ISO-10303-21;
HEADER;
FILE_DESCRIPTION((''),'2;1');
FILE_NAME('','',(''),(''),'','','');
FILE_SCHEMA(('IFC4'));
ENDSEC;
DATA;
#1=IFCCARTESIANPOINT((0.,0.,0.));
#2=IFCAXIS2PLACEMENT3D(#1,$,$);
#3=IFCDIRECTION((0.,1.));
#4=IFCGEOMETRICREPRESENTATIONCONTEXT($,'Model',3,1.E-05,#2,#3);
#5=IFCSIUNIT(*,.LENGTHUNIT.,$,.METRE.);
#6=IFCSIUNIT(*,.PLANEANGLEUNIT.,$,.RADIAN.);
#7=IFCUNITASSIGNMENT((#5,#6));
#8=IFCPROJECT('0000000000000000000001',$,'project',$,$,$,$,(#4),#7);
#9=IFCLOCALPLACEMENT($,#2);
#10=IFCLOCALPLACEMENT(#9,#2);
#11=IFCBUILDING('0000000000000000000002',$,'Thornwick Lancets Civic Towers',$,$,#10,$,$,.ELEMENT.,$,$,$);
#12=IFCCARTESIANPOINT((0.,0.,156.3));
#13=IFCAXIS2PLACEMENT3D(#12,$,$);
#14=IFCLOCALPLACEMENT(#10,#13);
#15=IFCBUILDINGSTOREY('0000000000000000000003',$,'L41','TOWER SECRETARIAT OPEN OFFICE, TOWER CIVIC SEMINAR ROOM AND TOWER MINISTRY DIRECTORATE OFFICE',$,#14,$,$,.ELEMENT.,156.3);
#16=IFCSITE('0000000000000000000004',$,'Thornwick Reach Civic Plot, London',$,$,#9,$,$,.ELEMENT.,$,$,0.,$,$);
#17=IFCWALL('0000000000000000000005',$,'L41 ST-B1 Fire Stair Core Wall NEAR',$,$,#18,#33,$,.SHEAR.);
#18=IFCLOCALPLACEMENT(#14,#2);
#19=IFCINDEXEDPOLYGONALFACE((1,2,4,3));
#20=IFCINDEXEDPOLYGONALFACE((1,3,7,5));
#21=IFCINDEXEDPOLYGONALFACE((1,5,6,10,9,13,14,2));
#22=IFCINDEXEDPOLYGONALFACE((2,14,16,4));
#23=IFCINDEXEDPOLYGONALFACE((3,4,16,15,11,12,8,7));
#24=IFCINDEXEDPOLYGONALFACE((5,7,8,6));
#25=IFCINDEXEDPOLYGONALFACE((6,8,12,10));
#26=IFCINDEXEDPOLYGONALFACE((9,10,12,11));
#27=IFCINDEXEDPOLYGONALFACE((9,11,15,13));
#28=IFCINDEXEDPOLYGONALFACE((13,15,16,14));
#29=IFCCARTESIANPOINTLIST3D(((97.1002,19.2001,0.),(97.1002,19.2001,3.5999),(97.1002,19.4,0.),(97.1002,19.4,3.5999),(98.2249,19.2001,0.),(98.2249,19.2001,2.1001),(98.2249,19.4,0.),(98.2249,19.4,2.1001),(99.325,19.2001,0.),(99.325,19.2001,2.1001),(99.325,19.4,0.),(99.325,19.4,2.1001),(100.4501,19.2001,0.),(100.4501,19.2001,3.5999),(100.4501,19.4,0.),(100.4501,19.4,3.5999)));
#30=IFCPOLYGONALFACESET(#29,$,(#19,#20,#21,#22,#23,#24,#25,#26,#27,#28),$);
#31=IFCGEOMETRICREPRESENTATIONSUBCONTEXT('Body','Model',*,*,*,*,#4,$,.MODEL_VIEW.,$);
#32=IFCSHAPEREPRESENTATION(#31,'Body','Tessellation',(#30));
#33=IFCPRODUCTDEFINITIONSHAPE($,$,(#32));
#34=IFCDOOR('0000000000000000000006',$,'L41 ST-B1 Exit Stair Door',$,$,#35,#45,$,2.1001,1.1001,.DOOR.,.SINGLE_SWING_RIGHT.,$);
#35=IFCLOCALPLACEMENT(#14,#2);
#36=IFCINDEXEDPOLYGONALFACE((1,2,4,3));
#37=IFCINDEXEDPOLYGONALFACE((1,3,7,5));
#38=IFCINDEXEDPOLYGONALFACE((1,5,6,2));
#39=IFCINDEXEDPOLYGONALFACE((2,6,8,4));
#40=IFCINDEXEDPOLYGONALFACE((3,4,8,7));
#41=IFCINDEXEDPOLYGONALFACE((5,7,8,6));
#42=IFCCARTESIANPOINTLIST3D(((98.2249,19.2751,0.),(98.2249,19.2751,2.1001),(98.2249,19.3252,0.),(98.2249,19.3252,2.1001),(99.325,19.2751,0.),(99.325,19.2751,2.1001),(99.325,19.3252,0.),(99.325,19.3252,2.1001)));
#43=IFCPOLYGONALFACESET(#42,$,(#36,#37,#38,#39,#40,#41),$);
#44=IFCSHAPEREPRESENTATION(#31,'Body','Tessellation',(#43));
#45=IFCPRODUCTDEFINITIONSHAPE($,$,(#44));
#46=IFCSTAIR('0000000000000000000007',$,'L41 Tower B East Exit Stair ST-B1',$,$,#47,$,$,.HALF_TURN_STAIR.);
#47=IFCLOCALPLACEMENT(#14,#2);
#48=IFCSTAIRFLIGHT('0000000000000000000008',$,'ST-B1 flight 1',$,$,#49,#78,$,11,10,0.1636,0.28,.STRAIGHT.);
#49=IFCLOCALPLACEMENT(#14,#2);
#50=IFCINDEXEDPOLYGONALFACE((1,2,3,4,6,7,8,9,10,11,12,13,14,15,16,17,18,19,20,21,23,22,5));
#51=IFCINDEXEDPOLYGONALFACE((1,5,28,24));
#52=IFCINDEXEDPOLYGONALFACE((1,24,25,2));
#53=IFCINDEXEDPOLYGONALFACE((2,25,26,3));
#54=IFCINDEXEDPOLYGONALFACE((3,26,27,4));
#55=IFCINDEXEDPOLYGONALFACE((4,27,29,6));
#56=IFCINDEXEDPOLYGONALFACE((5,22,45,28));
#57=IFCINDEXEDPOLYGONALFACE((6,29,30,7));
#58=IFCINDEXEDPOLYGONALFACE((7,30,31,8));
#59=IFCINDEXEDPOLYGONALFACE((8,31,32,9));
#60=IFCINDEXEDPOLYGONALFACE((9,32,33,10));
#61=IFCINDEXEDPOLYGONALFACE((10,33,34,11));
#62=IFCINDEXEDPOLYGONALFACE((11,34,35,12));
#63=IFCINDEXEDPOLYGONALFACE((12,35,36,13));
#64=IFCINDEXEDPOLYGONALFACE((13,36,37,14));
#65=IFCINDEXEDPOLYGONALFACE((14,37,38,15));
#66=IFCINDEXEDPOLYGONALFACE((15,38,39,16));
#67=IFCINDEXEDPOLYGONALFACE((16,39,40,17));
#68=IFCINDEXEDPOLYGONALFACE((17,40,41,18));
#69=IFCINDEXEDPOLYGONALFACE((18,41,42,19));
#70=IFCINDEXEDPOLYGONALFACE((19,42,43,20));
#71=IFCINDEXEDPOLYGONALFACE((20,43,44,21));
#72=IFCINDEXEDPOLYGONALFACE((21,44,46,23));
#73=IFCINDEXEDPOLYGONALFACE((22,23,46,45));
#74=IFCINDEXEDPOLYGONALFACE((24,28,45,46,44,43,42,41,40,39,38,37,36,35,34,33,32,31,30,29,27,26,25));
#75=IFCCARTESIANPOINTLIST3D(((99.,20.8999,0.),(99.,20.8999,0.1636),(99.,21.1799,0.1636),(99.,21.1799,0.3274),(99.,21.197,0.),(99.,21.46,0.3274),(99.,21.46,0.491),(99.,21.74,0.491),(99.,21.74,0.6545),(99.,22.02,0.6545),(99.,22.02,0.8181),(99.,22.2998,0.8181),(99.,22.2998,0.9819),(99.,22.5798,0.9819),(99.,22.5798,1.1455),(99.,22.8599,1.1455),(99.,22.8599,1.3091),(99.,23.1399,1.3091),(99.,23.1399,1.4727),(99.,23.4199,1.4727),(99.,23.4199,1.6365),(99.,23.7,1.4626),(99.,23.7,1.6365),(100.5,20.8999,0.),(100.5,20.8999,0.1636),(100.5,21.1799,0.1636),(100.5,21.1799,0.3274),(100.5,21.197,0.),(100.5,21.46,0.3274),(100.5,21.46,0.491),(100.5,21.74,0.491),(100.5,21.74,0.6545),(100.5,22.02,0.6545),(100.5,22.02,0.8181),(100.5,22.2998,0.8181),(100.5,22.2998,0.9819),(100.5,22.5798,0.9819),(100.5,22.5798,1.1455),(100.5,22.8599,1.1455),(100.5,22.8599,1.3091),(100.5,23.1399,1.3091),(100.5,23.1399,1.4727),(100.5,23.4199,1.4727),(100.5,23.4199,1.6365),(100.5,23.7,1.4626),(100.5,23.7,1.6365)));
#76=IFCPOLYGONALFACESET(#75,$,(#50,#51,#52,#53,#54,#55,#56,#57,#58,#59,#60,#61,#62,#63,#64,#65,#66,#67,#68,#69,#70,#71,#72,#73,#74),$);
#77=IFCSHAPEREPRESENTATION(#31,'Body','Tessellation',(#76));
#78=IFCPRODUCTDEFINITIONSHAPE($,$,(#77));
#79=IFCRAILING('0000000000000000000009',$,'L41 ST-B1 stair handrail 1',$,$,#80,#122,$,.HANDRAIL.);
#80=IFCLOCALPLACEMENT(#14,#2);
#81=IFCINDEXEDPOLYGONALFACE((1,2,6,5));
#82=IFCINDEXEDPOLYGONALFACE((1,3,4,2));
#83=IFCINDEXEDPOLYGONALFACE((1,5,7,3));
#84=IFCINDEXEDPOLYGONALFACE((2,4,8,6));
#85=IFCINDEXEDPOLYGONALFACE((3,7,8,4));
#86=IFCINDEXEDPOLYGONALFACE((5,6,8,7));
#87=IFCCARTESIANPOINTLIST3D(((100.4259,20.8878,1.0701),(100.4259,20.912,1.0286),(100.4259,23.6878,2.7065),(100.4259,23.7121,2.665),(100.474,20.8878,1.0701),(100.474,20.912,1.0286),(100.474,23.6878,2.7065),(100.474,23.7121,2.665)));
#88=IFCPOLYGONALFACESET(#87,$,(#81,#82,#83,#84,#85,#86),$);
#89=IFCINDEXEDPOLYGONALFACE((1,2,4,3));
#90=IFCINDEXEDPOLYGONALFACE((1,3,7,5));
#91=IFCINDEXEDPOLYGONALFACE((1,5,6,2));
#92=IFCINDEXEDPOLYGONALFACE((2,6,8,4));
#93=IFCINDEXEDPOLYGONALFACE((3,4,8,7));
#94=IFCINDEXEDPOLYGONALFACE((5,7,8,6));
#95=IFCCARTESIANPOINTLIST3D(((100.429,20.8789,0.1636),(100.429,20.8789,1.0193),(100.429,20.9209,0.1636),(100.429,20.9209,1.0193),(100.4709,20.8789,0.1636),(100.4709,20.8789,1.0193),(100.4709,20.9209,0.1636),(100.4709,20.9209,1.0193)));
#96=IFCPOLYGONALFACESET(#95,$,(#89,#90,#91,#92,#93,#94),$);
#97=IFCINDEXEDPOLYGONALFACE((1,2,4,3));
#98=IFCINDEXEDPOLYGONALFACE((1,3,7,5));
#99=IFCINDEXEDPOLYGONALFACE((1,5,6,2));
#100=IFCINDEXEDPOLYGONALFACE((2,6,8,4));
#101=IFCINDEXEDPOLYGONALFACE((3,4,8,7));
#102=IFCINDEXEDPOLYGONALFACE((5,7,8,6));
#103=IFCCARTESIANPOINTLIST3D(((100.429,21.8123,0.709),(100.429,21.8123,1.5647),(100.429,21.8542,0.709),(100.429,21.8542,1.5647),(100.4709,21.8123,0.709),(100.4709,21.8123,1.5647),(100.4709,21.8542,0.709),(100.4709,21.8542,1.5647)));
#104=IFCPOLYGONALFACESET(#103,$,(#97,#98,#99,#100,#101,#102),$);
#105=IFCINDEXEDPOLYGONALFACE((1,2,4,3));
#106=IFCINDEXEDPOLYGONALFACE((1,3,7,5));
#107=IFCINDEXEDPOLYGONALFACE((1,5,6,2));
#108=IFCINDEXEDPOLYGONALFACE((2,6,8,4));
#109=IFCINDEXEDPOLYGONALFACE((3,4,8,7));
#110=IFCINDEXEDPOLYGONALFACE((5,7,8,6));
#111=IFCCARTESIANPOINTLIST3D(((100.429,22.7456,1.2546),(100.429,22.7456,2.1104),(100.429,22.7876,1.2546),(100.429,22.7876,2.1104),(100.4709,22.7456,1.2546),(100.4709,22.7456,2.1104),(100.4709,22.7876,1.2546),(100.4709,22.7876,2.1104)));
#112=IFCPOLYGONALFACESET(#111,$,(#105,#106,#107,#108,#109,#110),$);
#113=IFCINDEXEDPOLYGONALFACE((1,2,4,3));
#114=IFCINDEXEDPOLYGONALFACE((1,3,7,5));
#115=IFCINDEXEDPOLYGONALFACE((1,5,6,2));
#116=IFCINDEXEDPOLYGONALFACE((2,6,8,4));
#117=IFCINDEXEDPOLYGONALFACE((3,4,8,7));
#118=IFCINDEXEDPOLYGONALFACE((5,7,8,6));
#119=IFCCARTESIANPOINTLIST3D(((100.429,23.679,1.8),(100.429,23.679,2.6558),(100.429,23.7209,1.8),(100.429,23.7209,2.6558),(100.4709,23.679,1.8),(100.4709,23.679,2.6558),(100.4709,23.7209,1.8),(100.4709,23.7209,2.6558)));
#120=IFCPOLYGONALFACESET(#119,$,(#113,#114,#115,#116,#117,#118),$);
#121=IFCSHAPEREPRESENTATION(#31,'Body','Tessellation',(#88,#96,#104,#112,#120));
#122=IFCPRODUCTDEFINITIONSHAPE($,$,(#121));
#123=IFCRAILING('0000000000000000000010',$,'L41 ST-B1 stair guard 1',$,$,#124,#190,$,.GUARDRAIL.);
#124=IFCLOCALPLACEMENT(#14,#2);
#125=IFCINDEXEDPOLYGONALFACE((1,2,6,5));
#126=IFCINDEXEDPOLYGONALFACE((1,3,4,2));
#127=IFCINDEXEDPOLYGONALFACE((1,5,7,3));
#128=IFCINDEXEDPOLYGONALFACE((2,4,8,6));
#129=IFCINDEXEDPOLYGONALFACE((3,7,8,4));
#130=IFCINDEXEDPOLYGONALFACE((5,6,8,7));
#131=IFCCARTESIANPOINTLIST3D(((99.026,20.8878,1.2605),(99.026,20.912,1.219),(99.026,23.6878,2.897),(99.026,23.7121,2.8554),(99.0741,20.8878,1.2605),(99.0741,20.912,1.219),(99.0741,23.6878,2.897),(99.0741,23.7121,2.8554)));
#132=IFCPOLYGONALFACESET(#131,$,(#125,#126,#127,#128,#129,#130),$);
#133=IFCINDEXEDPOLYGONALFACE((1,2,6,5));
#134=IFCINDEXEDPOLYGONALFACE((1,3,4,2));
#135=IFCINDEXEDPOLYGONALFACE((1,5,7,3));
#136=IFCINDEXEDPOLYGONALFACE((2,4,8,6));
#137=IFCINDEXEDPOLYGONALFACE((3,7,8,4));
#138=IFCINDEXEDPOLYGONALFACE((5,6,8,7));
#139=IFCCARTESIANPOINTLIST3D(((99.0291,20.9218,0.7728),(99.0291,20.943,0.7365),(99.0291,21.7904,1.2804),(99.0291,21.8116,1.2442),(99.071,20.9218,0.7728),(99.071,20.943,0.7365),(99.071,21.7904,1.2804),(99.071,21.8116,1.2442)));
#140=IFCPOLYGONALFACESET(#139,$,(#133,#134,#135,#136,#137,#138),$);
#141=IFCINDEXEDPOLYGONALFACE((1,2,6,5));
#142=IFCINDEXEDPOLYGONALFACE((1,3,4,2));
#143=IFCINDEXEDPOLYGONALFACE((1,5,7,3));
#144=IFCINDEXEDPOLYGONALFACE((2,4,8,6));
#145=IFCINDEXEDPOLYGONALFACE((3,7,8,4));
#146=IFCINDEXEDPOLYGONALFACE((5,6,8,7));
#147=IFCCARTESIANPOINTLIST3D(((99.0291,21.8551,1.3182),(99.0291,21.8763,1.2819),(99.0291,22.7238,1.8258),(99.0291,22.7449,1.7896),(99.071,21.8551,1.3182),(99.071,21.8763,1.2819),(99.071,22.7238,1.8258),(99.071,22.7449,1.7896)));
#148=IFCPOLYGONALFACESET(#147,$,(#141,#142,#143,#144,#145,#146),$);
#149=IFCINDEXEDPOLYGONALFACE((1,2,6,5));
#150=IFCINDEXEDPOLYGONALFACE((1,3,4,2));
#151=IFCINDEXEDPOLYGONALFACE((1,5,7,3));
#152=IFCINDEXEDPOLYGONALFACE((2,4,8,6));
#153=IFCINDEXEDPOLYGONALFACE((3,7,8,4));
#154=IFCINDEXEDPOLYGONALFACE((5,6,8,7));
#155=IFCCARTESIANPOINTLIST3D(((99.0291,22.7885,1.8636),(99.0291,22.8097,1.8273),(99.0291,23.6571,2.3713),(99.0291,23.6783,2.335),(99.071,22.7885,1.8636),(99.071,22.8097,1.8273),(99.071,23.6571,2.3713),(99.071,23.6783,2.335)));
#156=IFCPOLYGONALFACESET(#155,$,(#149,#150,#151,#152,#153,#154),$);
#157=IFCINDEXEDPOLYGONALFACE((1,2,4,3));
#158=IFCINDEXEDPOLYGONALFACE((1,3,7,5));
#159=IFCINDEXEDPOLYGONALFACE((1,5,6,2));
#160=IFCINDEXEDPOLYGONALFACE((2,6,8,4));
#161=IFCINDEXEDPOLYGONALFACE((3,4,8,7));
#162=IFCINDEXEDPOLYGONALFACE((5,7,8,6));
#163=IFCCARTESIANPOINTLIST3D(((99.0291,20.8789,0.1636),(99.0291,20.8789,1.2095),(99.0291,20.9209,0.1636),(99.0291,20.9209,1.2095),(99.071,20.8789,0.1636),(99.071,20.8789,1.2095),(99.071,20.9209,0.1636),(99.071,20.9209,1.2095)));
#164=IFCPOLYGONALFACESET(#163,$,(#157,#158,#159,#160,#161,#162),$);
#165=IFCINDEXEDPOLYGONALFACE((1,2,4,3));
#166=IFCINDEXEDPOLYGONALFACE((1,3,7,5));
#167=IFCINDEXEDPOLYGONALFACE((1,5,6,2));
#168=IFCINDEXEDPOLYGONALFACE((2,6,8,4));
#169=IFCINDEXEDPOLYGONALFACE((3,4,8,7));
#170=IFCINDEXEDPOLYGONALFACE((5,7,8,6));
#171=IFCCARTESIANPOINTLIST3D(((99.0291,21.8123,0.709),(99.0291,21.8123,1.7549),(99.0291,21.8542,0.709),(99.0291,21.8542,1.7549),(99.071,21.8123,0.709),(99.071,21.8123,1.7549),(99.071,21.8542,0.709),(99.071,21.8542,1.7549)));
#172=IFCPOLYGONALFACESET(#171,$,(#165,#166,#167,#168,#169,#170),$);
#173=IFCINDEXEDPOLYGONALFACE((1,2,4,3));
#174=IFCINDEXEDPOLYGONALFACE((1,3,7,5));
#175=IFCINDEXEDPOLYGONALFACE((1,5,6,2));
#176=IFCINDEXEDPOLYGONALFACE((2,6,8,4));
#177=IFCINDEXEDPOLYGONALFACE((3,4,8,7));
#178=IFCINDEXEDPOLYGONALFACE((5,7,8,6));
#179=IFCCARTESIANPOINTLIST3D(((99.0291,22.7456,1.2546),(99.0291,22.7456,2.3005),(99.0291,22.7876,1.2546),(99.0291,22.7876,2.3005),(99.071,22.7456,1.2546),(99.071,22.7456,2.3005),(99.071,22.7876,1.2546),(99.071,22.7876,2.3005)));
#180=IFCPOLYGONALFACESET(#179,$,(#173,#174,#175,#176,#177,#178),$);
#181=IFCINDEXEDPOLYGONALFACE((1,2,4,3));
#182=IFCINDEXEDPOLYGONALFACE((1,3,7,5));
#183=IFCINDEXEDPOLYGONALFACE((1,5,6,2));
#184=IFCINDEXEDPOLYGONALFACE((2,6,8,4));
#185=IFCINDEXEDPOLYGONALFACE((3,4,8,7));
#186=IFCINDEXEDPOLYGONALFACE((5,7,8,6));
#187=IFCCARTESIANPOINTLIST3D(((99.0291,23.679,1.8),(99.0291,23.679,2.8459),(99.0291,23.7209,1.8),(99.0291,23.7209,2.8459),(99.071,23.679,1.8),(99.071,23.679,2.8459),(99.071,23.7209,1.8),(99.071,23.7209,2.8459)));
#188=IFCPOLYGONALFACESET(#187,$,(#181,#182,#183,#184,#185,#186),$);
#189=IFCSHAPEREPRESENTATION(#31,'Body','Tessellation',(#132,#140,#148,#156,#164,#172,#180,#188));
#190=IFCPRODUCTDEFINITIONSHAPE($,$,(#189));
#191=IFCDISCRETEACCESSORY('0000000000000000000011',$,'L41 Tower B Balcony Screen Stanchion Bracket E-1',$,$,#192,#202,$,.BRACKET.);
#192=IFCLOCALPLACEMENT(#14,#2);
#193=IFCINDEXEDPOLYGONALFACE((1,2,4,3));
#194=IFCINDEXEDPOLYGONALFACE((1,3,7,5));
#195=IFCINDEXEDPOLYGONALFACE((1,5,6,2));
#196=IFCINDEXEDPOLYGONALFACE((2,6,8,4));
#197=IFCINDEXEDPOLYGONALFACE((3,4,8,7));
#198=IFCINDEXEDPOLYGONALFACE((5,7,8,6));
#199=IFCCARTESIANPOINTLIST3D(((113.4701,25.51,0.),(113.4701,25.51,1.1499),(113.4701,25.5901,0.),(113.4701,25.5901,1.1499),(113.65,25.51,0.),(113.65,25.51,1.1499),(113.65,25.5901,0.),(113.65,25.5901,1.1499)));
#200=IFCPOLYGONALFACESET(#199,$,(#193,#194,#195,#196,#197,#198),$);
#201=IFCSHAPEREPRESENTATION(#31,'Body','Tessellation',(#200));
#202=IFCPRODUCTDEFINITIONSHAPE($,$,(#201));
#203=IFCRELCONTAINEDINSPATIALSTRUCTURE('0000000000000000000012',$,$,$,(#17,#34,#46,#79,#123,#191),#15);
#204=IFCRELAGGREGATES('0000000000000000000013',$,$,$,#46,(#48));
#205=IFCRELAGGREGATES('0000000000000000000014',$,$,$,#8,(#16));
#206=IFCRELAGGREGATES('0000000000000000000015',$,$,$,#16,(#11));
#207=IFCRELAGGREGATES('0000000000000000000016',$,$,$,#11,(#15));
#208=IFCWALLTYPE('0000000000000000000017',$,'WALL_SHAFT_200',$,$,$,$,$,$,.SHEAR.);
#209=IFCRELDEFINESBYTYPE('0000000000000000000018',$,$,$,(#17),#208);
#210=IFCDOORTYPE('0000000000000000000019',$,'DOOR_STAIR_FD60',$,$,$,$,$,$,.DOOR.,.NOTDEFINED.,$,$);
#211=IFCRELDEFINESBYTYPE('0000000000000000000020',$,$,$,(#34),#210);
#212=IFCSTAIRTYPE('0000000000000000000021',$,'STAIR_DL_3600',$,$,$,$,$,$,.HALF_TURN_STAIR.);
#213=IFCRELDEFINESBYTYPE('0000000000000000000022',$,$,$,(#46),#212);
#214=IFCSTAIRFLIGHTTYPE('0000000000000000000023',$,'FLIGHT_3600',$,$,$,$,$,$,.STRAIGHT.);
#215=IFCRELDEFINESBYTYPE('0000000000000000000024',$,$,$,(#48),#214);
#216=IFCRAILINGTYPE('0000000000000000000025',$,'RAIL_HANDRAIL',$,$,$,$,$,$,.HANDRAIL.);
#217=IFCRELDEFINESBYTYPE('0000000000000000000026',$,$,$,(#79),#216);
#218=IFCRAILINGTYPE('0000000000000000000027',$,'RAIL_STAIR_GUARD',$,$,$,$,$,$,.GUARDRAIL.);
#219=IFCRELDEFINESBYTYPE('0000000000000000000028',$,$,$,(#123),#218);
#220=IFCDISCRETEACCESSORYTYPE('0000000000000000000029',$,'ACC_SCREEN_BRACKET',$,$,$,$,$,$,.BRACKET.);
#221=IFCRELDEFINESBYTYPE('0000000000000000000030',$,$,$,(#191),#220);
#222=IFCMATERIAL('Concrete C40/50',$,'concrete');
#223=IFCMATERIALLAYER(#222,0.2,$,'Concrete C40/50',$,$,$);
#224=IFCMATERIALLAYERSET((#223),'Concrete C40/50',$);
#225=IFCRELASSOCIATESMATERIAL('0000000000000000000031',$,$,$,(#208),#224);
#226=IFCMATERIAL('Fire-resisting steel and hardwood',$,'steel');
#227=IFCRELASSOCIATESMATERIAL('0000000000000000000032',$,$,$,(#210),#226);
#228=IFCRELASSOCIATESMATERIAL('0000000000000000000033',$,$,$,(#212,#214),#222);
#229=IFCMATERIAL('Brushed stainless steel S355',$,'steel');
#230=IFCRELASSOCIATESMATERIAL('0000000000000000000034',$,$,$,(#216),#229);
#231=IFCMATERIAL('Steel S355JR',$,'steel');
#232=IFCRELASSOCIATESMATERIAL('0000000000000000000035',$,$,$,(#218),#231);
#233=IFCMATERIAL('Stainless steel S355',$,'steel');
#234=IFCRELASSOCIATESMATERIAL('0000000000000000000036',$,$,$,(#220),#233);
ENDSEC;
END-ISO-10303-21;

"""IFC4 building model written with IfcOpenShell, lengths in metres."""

from ifc_helpers import new_model, si_unit, direction, frame, frame_2d, origin, origin_2d, place, context, subcontext, project, spatial, polyline, rectangle, outline, extrude, material, layer, layer_set, type_object, element, fill, aggregate, save


model = new_model("IFC4")

# Units and contexts
model_context = context("Model", 3, precision=1e-05, world=origin(), true_north=direction((0.0, 1.0)))
body_context = subcontext(model_context, "Body", "Model", "MODEL_VIEW")
ifc_project = project(units=[si_unit("LENGTHUNIT", "METRE"), si_unit("PLANEANGLEUNIT", "RADIAN")], contexts=[model_context])

# Site, building, storey
site_placement = place(None, origin())
site = spatial("IfcSite", under=ifc_project, at=site_placement, Name="Thornwick Reach Civic Plot, London", CompositionType="ELEMENT", RefElevation=0.0)
building_placement = place(site_placement, origin())
building = spatial("IfcBuilding", under=site, at=building_placement, Name="Thornwick Lancets Civic Towers", CompositionType="ELEMENT")
storey_placement = place(building_placement, frame((0.0, 0.0, 156.3)))
storey = spatial("IfcBuildingStorey", under=building, at=storey_placement, Name="L41", Description="TOWER SECRETARIAT OPEN OFFICE, TOWER CIVIC SEMINAR ROOM AND TOWER MINISTRY DIRECTORATE OFFICE", CompositionType="ELEMENT", Elevation=156.3)

# Shared definitions
ifc_material_1 = material(Name="Steel S355JR", Category="steel")
ifc_material_2 = material(Name="Concrete C40/50", Category="concrete")

# Wall, opening, door
ifc_layer_1 = layer(ifc_material_2, 0.2, Name="Concrete C40/50")
ifc_layer_set_1 = layer_set([ifc_layer_1], Name="Concrete C40/50")
wall_type_1 = type_object("IfcWallType", Name="WALL_SHAFT_200", PredefinedType="SHEAR", material=ifc_layer_set_1)
wall_1_placement = place(storey_placement, frame((100.45, 19.3, 0.0), z_axis=(0.0, 0.0, 1.0), x_axis=(-1.0, 0.0, 0.0)))
wall_1 = element("IfcWall", 1, at=wall_1_placement, inside=storey, type_object=wall_type_1, Name="L41 ST-B1 Fire Stair Core Wall NEAR", PredefinedType="SHEAR", context=body_context, shape_type="SweptSolid", body=[
    extrude(rectangle(XDim=3.3499, YDim=0.2, at=frame_2d((1.6748, 0.0))), origin(), (0.0, 0.0, 1.0), 3.5999),
])
opening_1_placement = place(wall_1_placement, frame((1.125, 0.0, 0.0)))
opening_1 = element("IfcOpeningElement", 2, at=opening_1_placement, cuts=wall_1, PredefinedType="OPENING", context=body_context, shape_type="SweptSolid", body=[
    extrude(rectangle(XDim=1.1001, YDim=2.1001, at=frame_2d((0.55, 1.05))), frame((0.0, 0.1099, 0.0), z_axis=(0.0, -1.0, 0.0), x_axis=(1.0, 0.0, 0.0)), (0.0, 0.0, 1.0), 0.22),
])
ifc_material_3 = material(Name="Fire-resisting steel and hardwood", Category="steel")
door_type_1 = type_object("IfcDoorType", Name="DOOR_STAIR_FD60", OperationType="NOTDEFINED", PredefinedType="DOOR", material=ifc_material_3)
door_1_placement = place(opening_1_placement, origin())
door_1 = element("IfcDoor", 3, at=door_1_placement, inside=storey, type_object=door_type_1, Name="L41 ST-B1 Exit Stair Door", OperationType="SINGLE_SWING_RIGHT", OverallHeight=2.1001, OverallWidth=1.1001, PredefinedType="DOOR", context=body_context, shape_type="SweptSolid", body=[
    extrude(rectangle(XDim=1.1001, YDim=2.1001, at=frame_2d((0.55, 1.05))), frame((0.0, 0.0249, 0.0), z_axis=(0.0, -1.0, 0.0), x_axis=(1.0, 0.0, 0.0)), (0.0, 0.0, 1.0), 0.05),
])
fill(opening_1, door_1)

# Stair, stair flight
stair_type = type_object("IfcStairType", Name="STAIR_DL_3600", PredefinedType="HALF_TURN_STAIR", material=ifc_material_2)
stair_placement = place(storey_placement, origin())
stair = element("IfcStair", 4, at=stair_placement, inside=storey, type_object=stair_type, Name="L41 Tower B East Exit Stair ST-B1", PredefinedType="HALF_TURN_STAIR")
stair_flight_type = type_object("IfcStairFlightType", Name="FLIGHT_3600", PredefinedType="STRAIGHT", material=ifc_material_2)
stair_flight_placement = place(storey_placement, frame((99.75, 20.8999, 0.0), z_axis=(0.0, 0.0, 1.0), x_axis=(0.0, 1.0, 0.0)))
stair_flight = element("IfcStairFlight", 5, at=stair_flight_placement, type_object=stair_flight_type, Name="ST-B1 flight 1", NumberOfRisers=11, NumberOfTreads=10, PredefinedType="STRAIGHT", RiserHeight=0.1636, TreadLength=0.28, context=body_context, shape_type="SweptSolid", body=[
    extrude(outline(polyline([(0.0, 0.0), (0.0, 0.1636), (0.28, 0.1636), (0.28, 0.3274), (0.5601, 0.3274), (0.5601, 0.491), (0.8401, 0.491), (0.8401, 0.6545), (1.1201, 0.6545), (1.1201, 0.8181), (1.3999, 0.8181), (1.3999, 0.9819), (1.6799, 0.9819), (1.6799, 1.1455), (1.96, 1.1455), (1.96, 1.3091), (2.24, 1.3091), (2.24, 1.4727), (2.52, 1.4727), (2.52, 1.6365), (2.8, 1.6365), (2.8, 1.8), (2.8, 1.4626), (0.2971, 0.0), (0.0, 0.0)])), frame((0.0, 0.75, 0.0), z_axis=(0.0, -1.0, 0.0), x_axis=(1.0, 0.0, 0.0)), (0.0, 0.0, 1.0), 1.5),
])
aggregate(stair, [stair_flight])

# Railings
ifc_material_4 = material(Name="Brushed stainless steel S355", Category="steel")
railing_type_1 = type_object("IfcRailingType", Name="RAIL_HANDRAIL", PredefinedType="HANDRAIL", material=ifc_material_4)
railing_1_placement = place(storey_placement, frame((100.45, 20.8999, 0.1636)))
element("IfcRailing", 6, at=railing_1_placement, inside=storey, type_object=railing_type_1, Name="L41 ST-B1 stair handrail 1", PredefinedType="HANDRAIL", context=body_context, shape_type="SweptSolid", body=[
    extrude(rectangle(XDim=0.0481, YDim=0.0481, at=origin_2d()), frame((0.0, 0.0, 0.8857), z_axis=(0.0, 0.863361, 0.504587), x_axis=(-1.0, 0.0, 0.0)), (0.0, 0.0, 1.0), 3.2432),
    extrude(rectangle(XDim=0.042, YDim=0.042, at=origin_2d()), origin(), (0.0, 0.0, 1.0), 0.8557),
    extrude(rectangle(XDim=0.042, YDim=0.042, at=origin_2d()), frame((0.0, 0.9333, 0.5454)), (0.0, 0.0, 1.0), 0.8557),
    extrude(rectangle(XDim=0.042, YDim=0.042, at=origin_2d()), frame((0.0, 1.8667, 1.0911)), (0.0, 0.0, 1.0), 0.8557),
    extrude(rectangle(XDim=0.042, YDim=0.042, at=origin_2d()), frame((0.0, 2.8, 1.6365)), (0.0, 0.0, 1.0), 0.8557),
])
railing_type_2 = type_object("IfcRailingType", Name="RAIL_STAIR_GUARD", PredefinedType="GUARDRAIL", material=ifc_material_1)
railing_2_placement = place(storey_placement, frame((99.05, 20.8999, 0.1636)))
element("IfcRailing", 7, at=railing_2_placement, inside=storey, type_object=railing_type_2, Name="L41 ST-B1 stair guard 1", PredefinedType="GUARDRAIL", context=body_context, shape_type="SweptSolid", body=[
    extrude(rectangle(XDim=0.0481, YDim=0.0481, at=origin_2d()), frame((0.0, 0.0, 1.0762), z_axis=(0.0, 0.863361, 0.504587), x_axis=(-1.0, 0.0, 0.0)), (0.0, 0.0, 1.0), 3.2432),
    extrude(rectangle(XDim=0.042, YDim=0.042, at=origin_2d()), frame((0.0, 0.0325, 0.5911), z_axis=(0.0, 0.863361, 0.504587), x_axis=(-1.0, 0.0, 0.0)), (0.0, 0.0, 1.0), 1.0061),
    extrude(rectangle(XDim=0.042, YDim=0.042, at=origin_2d()), frame((0.0, 0.9658, 1.1365), z_axis=(0.0, 0.863361, 0.504587), x_axis=(-1.0, 0.0, 0.0)), (0.0, 0.0, 1.0), 1.0061),
    extrude(rectangle(XDim=0.042, YDim=0.042, at=origin_2d()), frame((0.0, 1.8992, 1.6819), z_axis=(0.0, 0.863361, 0.504587), x_axis=(-1.0, 0.0, 0.0)), (0.0, 0.0, 1.0), 1.0061),
    extrude(rectangle(XDim=0.042, YDim=0.042, at=origin_2d()), origin(), (0.0, 0.0, 1.0), 1.0459),
    extrude(rectangle(XDim=0.042, YDim=0.042, at=origin_2d()), frame((0.0, 0.9333, 0.5454)), (0.0, 0.0, 1.0), 1.0459),
    extrude(rectangle(XDim=0.042, YDim=0.042, at=origin_2d()), frame((0.0, 1.8667, 1.0911)), (0.0, 0.0, 1.0), 1.0459),
    extrude(rectangle(XDim=0.042, YDim=0.042, at=origin_2d()), frame((0.0, 2.8, 1.6365)), (0.0, 0.0, 1.0), 1.0459),
])

# Discrete accessory
ifc_material_5 = material(Name="Stainless steel S355", Category="steel")
discrete_accessory_type = type_object("IfcDiscreteAccessoryType", Name="ACC_SCREEN_BRACKET", PredefinedType="BRACKET", material=ifc_material_5)
discrete_accessory_placement = place(storey_placement, frame((113.5601, 25.55, 0.0), z_axis=(0.0, 0.0, 1.0), x_axis=(0.0, 1.0, 0.0)))
element("IfcDiscreteAccessory", 8, at=discrete_accessory_placement, inside=storey, type_object=discrete_accessory_type, Name="L41 Tower B Balcony Screen Stanchion Bracket E-1", PredefinedType="BRACKET", context=body_context, shape_type="SweptSolid", body=[
    extrude(rectangle(XDim=0.0801, YDim=0.1799, at=origin_2d()), origin(), (0.0, 0.0, 1.0), 1.1499),
])

save(model, "model.ifc")
